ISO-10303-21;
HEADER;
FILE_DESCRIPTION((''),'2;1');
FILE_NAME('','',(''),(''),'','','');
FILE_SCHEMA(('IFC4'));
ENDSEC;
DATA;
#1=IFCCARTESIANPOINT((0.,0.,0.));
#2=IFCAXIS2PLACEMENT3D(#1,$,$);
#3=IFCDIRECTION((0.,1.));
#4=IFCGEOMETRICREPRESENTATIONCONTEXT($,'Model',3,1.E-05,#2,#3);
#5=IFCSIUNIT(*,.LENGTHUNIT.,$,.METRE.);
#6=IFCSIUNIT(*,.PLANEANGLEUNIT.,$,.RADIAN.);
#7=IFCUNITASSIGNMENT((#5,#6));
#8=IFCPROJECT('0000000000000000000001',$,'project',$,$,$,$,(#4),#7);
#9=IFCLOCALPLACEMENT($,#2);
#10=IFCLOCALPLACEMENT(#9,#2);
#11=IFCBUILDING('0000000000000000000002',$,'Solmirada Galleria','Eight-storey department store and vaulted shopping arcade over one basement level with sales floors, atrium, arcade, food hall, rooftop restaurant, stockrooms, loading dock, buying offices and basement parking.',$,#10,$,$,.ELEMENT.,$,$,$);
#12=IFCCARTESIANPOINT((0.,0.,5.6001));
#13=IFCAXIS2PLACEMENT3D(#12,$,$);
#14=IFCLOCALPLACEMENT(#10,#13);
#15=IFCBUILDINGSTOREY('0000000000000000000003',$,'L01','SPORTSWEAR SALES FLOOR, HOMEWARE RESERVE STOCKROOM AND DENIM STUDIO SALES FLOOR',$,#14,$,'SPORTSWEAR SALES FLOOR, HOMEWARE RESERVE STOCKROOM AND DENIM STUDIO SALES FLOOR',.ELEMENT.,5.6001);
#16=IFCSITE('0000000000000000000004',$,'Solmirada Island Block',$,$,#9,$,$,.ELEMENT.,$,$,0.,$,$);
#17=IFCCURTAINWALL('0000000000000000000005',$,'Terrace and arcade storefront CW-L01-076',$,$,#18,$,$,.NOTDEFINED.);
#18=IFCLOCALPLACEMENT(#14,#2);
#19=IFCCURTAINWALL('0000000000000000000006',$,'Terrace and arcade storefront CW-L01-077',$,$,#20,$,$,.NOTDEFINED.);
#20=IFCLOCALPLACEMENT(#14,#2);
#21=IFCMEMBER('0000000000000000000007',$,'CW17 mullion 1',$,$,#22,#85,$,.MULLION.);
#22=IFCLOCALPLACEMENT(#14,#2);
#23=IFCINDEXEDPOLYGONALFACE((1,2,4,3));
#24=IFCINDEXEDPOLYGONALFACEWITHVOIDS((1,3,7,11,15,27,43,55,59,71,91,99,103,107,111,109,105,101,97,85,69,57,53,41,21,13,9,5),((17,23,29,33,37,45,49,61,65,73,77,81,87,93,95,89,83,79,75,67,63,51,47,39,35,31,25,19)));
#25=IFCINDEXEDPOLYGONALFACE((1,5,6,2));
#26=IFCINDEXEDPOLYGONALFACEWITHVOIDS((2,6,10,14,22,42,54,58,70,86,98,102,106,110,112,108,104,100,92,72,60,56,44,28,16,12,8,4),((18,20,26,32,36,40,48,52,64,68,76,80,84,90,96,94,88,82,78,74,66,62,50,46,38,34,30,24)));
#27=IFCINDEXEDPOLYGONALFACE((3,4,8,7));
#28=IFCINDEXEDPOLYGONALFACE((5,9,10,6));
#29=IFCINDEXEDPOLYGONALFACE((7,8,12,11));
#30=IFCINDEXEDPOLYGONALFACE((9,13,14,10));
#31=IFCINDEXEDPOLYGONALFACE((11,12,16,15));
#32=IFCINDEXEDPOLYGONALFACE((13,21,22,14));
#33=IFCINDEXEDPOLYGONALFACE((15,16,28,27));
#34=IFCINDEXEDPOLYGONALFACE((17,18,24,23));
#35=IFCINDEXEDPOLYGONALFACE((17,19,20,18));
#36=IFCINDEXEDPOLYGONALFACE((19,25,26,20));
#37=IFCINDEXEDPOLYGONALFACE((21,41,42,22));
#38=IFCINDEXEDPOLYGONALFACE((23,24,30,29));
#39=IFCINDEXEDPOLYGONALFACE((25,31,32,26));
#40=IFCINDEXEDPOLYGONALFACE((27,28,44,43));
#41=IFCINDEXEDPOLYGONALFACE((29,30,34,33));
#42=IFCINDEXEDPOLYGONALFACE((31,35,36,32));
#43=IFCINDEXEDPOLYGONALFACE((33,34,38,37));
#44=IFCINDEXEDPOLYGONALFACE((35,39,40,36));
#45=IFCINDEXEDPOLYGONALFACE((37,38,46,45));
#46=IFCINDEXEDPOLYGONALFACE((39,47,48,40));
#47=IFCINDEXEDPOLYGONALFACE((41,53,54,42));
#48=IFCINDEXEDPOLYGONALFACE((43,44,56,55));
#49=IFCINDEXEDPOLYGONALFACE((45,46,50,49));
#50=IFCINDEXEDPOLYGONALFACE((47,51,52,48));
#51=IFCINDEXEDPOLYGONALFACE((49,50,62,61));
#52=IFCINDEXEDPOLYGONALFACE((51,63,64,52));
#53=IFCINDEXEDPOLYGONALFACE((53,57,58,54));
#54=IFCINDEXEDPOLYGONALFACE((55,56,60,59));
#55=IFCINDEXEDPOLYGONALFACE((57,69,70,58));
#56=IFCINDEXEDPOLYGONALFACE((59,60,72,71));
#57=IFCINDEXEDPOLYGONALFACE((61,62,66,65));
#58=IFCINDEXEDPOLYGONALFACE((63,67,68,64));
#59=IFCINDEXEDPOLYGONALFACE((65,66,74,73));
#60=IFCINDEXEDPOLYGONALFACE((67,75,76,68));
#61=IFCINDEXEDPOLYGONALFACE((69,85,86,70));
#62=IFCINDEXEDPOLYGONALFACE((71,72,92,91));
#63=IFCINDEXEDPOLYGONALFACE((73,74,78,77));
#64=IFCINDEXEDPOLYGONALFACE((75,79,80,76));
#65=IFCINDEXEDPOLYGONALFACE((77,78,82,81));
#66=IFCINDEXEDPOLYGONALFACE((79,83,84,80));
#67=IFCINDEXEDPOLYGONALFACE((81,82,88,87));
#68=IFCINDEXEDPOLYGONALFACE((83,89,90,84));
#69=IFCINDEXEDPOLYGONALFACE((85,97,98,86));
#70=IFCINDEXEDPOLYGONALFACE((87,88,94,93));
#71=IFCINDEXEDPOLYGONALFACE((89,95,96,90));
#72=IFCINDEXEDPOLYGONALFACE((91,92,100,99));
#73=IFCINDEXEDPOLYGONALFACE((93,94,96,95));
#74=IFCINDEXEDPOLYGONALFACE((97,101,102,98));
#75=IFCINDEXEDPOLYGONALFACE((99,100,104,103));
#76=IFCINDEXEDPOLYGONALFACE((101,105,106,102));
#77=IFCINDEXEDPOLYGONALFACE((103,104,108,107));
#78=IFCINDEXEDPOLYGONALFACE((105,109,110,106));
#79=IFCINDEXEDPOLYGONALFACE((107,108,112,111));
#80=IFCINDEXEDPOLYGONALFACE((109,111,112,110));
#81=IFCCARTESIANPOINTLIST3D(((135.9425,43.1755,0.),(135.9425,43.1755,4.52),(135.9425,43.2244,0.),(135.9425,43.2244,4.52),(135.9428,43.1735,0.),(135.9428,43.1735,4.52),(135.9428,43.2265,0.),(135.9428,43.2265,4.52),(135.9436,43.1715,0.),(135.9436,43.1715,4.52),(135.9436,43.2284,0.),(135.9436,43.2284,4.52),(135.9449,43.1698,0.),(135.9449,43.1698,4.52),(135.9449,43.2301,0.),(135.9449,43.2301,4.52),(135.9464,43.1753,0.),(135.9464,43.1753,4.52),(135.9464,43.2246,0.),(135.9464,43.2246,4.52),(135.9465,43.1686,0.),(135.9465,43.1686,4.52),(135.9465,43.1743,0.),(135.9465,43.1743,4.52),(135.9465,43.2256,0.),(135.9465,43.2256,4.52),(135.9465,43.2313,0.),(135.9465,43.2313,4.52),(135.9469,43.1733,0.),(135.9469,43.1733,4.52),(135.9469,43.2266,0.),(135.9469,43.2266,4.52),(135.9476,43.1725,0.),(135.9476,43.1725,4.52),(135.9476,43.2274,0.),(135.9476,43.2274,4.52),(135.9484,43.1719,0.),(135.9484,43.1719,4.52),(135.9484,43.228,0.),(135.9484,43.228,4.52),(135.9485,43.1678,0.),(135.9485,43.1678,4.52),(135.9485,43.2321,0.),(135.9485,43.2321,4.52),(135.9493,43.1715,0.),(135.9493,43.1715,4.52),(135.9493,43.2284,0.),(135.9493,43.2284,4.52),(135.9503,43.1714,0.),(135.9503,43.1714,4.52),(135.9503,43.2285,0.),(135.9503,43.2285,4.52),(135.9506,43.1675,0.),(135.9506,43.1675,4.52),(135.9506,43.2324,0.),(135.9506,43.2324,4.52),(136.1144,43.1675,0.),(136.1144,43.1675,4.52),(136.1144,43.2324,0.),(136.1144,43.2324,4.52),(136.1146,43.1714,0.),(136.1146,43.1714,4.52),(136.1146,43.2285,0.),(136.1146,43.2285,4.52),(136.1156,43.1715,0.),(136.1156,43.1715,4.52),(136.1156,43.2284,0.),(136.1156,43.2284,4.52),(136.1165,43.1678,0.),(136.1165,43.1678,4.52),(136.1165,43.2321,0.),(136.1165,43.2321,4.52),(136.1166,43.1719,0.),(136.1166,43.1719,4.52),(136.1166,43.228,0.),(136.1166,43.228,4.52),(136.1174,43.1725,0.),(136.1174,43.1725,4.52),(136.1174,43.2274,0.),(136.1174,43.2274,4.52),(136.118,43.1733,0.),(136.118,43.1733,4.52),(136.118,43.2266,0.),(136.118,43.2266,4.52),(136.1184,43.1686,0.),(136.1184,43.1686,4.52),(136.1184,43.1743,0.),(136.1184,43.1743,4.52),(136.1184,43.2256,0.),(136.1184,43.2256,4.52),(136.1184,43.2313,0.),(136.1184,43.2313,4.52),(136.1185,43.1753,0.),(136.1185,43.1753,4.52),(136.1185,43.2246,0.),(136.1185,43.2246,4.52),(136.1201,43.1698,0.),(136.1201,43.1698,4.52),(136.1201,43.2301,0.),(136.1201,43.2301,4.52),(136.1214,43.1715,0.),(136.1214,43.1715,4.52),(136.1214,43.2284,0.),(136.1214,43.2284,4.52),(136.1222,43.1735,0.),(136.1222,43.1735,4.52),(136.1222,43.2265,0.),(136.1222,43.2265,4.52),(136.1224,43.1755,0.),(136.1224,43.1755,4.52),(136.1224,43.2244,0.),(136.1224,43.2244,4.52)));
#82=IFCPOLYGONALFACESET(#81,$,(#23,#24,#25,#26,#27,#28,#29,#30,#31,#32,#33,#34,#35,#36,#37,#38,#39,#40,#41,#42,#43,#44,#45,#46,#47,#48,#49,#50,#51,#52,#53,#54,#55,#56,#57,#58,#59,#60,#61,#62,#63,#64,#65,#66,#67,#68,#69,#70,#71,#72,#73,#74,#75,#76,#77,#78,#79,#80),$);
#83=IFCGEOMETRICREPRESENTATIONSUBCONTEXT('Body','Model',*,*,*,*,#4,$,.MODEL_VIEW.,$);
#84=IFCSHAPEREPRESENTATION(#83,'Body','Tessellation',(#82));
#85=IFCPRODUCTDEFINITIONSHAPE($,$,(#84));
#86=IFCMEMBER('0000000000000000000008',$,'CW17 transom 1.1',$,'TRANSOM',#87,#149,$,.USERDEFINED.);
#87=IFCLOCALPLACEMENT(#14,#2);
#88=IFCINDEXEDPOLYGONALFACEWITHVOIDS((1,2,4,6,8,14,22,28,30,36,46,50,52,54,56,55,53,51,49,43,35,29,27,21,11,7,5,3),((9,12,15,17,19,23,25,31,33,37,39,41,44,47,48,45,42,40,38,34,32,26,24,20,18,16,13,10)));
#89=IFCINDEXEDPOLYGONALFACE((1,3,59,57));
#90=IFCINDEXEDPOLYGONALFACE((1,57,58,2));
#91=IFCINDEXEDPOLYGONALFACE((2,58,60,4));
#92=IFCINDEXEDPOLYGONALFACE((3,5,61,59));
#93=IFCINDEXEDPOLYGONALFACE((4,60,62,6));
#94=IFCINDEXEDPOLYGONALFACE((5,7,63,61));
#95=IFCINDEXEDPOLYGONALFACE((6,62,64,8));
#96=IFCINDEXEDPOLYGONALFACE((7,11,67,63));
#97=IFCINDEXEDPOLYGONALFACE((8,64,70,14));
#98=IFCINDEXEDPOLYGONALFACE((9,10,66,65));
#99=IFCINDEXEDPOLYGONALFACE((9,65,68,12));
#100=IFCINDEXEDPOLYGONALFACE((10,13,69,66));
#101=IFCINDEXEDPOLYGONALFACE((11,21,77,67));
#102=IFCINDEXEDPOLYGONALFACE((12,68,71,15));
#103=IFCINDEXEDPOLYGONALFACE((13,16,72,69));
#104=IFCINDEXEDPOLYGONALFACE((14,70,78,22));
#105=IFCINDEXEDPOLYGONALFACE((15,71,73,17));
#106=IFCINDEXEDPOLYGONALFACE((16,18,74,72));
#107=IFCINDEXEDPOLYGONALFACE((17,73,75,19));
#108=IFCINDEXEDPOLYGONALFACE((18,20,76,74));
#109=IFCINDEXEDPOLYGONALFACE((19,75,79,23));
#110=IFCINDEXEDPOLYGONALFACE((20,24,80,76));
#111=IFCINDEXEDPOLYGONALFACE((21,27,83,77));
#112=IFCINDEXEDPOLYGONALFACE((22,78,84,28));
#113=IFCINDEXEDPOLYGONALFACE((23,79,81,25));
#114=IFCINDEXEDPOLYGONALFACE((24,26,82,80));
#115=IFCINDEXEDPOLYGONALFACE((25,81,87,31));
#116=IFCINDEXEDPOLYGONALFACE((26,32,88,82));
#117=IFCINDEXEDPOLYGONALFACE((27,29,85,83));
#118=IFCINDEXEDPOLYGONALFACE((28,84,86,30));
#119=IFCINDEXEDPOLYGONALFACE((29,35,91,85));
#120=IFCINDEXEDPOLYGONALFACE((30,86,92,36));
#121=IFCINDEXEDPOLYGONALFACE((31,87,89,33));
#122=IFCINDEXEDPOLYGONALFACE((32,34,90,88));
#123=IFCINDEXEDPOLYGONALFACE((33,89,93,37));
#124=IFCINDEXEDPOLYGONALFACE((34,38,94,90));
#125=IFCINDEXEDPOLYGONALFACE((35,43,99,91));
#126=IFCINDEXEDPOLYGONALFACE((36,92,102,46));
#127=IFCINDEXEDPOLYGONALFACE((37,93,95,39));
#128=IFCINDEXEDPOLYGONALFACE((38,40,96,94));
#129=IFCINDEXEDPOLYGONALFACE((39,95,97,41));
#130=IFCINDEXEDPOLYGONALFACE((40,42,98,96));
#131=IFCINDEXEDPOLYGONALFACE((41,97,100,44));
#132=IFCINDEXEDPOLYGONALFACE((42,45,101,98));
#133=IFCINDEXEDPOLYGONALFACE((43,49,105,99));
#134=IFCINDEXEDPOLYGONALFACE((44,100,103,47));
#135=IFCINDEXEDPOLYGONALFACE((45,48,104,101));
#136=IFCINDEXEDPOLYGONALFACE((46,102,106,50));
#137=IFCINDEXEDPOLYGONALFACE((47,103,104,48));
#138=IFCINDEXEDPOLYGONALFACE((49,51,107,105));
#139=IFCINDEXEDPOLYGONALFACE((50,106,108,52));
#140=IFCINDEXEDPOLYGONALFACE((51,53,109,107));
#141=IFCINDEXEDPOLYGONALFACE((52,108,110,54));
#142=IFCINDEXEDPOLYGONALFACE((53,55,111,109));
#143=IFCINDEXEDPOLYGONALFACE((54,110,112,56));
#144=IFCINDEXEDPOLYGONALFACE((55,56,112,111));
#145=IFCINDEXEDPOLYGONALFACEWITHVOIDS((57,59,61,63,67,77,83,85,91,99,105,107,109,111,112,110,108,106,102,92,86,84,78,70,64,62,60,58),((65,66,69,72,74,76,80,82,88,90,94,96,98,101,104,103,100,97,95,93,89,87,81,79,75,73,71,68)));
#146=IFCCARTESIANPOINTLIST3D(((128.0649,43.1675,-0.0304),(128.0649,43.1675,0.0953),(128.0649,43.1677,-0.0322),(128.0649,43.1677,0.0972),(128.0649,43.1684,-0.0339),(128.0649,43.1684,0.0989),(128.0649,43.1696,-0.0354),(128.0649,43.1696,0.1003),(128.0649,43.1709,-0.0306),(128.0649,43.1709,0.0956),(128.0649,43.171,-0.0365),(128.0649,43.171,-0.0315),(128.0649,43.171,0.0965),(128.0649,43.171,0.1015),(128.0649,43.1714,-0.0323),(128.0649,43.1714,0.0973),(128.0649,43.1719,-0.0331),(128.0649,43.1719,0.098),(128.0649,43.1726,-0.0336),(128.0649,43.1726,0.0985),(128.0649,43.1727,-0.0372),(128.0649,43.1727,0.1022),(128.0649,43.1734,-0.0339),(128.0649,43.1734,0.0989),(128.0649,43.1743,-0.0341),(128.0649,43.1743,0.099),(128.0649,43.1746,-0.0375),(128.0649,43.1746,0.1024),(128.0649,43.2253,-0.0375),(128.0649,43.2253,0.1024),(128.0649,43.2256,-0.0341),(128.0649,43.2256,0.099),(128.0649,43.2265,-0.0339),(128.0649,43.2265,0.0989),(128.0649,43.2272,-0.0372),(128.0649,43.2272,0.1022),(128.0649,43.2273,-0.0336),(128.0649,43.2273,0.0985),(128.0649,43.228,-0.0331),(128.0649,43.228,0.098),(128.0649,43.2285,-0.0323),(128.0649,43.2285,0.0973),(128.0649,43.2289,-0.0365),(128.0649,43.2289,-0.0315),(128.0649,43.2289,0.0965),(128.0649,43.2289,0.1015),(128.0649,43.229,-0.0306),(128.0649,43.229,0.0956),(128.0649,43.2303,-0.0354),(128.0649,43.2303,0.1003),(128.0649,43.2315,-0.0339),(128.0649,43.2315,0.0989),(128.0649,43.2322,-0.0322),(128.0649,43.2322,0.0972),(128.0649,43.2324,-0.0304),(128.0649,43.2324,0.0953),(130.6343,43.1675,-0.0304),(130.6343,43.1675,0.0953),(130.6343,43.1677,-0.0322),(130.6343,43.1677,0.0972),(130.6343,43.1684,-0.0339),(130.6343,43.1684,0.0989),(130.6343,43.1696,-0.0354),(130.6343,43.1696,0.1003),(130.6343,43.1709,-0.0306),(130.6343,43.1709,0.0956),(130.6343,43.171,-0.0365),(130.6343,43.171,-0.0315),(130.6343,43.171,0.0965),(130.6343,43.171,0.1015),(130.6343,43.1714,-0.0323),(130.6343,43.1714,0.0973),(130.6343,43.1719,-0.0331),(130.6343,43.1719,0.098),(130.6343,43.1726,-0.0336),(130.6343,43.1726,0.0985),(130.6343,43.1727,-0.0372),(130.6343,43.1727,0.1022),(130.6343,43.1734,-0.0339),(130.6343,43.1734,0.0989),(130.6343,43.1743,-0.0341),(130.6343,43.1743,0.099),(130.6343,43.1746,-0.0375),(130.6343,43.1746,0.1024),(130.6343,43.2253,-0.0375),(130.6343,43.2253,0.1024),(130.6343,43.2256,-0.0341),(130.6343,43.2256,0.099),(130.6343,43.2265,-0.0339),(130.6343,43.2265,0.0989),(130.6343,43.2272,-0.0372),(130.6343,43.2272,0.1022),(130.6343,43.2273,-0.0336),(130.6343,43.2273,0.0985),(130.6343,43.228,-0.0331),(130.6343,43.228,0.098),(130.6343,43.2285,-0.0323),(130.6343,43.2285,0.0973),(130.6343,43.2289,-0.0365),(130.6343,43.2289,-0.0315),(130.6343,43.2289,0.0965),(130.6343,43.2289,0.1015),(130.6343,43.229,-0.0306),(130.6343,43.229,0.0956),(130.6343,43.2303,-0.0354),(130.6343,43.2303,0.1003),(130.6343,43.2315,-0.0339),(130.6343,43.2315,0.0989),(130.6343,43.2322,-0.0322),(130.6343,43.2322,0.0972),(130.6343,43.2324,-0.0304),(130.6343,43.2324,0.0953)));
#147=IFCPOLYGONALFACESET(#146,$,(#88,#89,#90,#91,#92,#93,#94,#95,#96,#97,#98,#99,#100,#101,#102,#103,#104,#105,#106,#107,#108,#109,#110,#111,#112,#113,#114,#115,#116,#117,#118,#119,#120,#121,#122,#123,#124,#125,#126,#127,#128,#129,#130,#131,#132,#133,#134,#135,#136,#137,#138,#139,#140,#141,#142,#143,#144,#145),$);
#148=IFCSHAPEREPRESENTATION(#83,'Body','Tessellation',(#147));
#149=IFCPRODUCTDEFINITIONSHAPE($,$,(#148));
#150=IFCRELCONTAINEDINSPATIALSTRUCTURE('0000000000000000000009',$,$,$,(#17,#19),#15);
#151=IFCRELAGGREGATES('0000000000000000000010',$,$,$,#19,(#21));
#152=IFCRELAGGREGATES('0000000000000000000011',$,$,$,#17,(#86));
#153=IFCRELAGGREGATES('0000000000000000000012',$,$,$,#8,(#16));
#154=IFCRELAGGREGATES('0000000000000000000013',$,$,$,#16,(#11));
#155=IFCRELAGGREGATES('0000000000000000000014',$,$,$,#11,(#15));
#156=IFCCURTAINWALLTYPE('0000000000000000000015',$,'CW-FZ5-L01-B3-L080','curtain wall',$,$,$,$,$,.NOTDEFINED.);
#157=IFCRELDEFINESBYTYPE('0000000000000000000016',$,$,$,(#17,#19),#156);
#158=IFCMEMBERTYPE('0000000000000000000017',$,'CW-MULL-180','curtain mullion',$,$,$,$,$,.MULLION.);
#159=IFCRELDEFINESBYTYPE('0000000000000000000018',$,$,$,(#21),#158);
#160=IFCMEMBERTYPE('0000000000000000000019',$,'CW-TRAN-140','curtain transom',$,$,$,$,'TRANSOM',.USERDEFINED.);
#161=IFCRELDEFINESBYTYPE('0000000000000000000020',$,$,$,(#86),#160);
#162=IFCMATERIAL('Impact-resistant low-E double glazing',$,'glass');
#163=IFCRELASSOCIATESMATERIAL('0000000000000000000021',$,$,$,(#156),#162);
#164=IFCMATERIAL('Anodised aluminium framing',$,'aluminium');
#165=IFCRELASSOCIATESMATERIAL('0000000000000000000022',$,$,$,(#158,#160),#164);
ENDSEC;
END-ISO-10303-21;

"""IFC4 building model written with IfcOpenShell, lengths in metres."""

from ifc_helpers import new_model, si_unit, direction, frame, origin, origin_2d, place, context, subcontext, project, spatial, hollow_rectangle, extrude, material, material_profile, profile_set, type_object, element, aggregate, save


model = new_model("IFC4")

# Units and contexts
model_context = context("Model", 3, precision=1e-05, world=origin(), true_north=direction((0.0, 1.0)))
body_context = subcontext(model_context, "Body", "Model", "MODEL_VIEW")
ifc_project = project(units=[si_unit("LENGTHUNIT", "METRE"), si_unit("PLANEANGLEUNIT", "RADIAN")], contexts=[model_context])

# Site, building, storey
site_placement = place(None, origin())
site = spatial("IfcSite", under=ifc_project, at=site_placement, Name="Solmirada Island Block", CompositionType="ELEMENT", RefElevation=0.0)
building_placement = place(site_placement, origin())
building = spatial("IfcBuilding", under=site, at=building_placement, Name="Solmirada Galleria", Description="Eight-storey department store and vaulted shopping arcade over one basement level with sales floors, atrium, arcade, food hall, rooftop restaurant, stockrooms, loading dock, buying offices and basement parking.", CompositionType="ELEMENT")
storey_placement = place(building_placement, frame((0.0, 0.0, 5.6001)))
storey = spatial("IfcBuildingStorey", under=building, at=storey_placement, Name="L01", Description="SPORTSWEAR SALES FLOOR, HOMEWARE RESERVE STOCKROOM AND DENIM STUDIO SALES FLOOR", LongName="SPORTSWEAR SALES FLOOR, HOMEWARE RESERVE STOCKROOM AND DENIM STUDIO SALES FLOOR", CompositionType="ELEMENT", Elevation=5.6001)

# Curtain wall
ifc_material_1 = material(Name="Impact-resistant low-E double glazing", Category="glass")
curtain_wall_type = type_object("IfcCurtainWallType", Name="CW-FZ5-L01-B3-L080", Description="curtain wall", PredefinedType="NOTDEFINED", material=ifc_material_1)
curtain_wall_1_placement = place(storey_placement, origin())
curtain_wall_1 = element("IfcCurtainWall", 1, at=curtain_wall_1_placement, inside=storey, type_object=curtain_wall_type, Name="Terrace and arcade storefront CW-L01-076", PredefinedType="NOTDEFINED")
ifc_material_2 = material(Name="Anodised aluminium framing", Category="aluminium")
ifc_material_profile_1 = material_profile(ifc_material_2, hollow_rectangle(XDim=0.0649, YDim=0.1799, WallThickness=0.0039, InnerFilletRadius=0.0039, OuterFilletRadius=0.0081, at=origin_2d()), Name="ALU-MULL-180X65")
ifc_profile_set_1 = profile_set([ifc_material_profile_1], Name="Anodised aluminium framing")
member_type_1 = type_object("IfcMemberType", Name="CW-MULL-180", Description="curtain mullion", PredefinedType="MULLION", material=ifc_profile_set_1)

# Curtain wall, member
curtain_wall_2_placement = place(storey_placement, origin())
curtain_wall_2 = element("IfcCurtainWall", 2, at=curtain_wall_2_placement, inside=storey, type_object=curtain_wall_type, Name="Terrace and arcade storefront CW-L01-077", PredefinedType="NOTDEFINED")
member_1_placement = place(storey_placement, frame((136.0325, 43.2, 0.0), z_axis=(0.0, 0.0, 1.0), x_axis=(0.0, 1.0, 0.0)))
member_1 = element("IfcMember", 3, at=member_1_placement, type_object=member_type_1, Name="CW17 mullion 1", PredefinedType="MULLION", context=body_context, shape_type="SweptSolid", body=[
    extrude(hollow_rectangle(XDim=0.0649, YDim=0.1799, WallThickness=0.0039, InnerFilletRadius=0.0039, OuterFilletRadius=0.0081, at=origin_2d()), origin(), (0.0, 0.0, 1.0), 4.52),
])

# Member
ifc_material_profile_2 = material_profile(ifc_material_2, hollow_rectangle(XDim=0.0649, YDim=0.1399, WallThickness=0.0034, InnerFilletRadius=0.0034, OuterFilletRadius=0.0071, at=origin_2d()), Name="ALU-TRAN-140X65")
ifc_profile_set_2 = profile_set([ifc_material_profile_2], Name="Anodised aluminium framing")
member_type_2 = type_object("IfcMemberType", Name="CW-TRAN-140", Description="curtain transom", ElementType="TRANSOM", PredefinedType="USERDEFINED", material=ifc_profile_set_2)
member_2_placement = place(storey_placement, frame((128.0649, 43.2, 0.0325), z_axis=(1.0, 0.0, 0.0), x_axis=(0.0, 1.0, 0.0)))
member_2 = element("IfcMember", 4, at=member_2_placement, type_object=member_type_2, Name="CW17 transom 1.1", ObjectType="TRANSOM", PredefinedType="USERDEFINED", context=body_context, shape_type="SweptSolid", body=[
    extrude(hollow_rectangle(XDim=0.0649, YDim=0.1399, WallThickness=0.0034, InnerFilletRadius=0.0034, OuterFilletRadius=0.0071, at=origin_2d()), origin(), (0.0, 0.0, 1.0), 2.5693),
])
aggregate(curtain_wall_2, [member_1])

aggregate(curtain_wall_1, [member_2])

save(model, "model.ifc")
